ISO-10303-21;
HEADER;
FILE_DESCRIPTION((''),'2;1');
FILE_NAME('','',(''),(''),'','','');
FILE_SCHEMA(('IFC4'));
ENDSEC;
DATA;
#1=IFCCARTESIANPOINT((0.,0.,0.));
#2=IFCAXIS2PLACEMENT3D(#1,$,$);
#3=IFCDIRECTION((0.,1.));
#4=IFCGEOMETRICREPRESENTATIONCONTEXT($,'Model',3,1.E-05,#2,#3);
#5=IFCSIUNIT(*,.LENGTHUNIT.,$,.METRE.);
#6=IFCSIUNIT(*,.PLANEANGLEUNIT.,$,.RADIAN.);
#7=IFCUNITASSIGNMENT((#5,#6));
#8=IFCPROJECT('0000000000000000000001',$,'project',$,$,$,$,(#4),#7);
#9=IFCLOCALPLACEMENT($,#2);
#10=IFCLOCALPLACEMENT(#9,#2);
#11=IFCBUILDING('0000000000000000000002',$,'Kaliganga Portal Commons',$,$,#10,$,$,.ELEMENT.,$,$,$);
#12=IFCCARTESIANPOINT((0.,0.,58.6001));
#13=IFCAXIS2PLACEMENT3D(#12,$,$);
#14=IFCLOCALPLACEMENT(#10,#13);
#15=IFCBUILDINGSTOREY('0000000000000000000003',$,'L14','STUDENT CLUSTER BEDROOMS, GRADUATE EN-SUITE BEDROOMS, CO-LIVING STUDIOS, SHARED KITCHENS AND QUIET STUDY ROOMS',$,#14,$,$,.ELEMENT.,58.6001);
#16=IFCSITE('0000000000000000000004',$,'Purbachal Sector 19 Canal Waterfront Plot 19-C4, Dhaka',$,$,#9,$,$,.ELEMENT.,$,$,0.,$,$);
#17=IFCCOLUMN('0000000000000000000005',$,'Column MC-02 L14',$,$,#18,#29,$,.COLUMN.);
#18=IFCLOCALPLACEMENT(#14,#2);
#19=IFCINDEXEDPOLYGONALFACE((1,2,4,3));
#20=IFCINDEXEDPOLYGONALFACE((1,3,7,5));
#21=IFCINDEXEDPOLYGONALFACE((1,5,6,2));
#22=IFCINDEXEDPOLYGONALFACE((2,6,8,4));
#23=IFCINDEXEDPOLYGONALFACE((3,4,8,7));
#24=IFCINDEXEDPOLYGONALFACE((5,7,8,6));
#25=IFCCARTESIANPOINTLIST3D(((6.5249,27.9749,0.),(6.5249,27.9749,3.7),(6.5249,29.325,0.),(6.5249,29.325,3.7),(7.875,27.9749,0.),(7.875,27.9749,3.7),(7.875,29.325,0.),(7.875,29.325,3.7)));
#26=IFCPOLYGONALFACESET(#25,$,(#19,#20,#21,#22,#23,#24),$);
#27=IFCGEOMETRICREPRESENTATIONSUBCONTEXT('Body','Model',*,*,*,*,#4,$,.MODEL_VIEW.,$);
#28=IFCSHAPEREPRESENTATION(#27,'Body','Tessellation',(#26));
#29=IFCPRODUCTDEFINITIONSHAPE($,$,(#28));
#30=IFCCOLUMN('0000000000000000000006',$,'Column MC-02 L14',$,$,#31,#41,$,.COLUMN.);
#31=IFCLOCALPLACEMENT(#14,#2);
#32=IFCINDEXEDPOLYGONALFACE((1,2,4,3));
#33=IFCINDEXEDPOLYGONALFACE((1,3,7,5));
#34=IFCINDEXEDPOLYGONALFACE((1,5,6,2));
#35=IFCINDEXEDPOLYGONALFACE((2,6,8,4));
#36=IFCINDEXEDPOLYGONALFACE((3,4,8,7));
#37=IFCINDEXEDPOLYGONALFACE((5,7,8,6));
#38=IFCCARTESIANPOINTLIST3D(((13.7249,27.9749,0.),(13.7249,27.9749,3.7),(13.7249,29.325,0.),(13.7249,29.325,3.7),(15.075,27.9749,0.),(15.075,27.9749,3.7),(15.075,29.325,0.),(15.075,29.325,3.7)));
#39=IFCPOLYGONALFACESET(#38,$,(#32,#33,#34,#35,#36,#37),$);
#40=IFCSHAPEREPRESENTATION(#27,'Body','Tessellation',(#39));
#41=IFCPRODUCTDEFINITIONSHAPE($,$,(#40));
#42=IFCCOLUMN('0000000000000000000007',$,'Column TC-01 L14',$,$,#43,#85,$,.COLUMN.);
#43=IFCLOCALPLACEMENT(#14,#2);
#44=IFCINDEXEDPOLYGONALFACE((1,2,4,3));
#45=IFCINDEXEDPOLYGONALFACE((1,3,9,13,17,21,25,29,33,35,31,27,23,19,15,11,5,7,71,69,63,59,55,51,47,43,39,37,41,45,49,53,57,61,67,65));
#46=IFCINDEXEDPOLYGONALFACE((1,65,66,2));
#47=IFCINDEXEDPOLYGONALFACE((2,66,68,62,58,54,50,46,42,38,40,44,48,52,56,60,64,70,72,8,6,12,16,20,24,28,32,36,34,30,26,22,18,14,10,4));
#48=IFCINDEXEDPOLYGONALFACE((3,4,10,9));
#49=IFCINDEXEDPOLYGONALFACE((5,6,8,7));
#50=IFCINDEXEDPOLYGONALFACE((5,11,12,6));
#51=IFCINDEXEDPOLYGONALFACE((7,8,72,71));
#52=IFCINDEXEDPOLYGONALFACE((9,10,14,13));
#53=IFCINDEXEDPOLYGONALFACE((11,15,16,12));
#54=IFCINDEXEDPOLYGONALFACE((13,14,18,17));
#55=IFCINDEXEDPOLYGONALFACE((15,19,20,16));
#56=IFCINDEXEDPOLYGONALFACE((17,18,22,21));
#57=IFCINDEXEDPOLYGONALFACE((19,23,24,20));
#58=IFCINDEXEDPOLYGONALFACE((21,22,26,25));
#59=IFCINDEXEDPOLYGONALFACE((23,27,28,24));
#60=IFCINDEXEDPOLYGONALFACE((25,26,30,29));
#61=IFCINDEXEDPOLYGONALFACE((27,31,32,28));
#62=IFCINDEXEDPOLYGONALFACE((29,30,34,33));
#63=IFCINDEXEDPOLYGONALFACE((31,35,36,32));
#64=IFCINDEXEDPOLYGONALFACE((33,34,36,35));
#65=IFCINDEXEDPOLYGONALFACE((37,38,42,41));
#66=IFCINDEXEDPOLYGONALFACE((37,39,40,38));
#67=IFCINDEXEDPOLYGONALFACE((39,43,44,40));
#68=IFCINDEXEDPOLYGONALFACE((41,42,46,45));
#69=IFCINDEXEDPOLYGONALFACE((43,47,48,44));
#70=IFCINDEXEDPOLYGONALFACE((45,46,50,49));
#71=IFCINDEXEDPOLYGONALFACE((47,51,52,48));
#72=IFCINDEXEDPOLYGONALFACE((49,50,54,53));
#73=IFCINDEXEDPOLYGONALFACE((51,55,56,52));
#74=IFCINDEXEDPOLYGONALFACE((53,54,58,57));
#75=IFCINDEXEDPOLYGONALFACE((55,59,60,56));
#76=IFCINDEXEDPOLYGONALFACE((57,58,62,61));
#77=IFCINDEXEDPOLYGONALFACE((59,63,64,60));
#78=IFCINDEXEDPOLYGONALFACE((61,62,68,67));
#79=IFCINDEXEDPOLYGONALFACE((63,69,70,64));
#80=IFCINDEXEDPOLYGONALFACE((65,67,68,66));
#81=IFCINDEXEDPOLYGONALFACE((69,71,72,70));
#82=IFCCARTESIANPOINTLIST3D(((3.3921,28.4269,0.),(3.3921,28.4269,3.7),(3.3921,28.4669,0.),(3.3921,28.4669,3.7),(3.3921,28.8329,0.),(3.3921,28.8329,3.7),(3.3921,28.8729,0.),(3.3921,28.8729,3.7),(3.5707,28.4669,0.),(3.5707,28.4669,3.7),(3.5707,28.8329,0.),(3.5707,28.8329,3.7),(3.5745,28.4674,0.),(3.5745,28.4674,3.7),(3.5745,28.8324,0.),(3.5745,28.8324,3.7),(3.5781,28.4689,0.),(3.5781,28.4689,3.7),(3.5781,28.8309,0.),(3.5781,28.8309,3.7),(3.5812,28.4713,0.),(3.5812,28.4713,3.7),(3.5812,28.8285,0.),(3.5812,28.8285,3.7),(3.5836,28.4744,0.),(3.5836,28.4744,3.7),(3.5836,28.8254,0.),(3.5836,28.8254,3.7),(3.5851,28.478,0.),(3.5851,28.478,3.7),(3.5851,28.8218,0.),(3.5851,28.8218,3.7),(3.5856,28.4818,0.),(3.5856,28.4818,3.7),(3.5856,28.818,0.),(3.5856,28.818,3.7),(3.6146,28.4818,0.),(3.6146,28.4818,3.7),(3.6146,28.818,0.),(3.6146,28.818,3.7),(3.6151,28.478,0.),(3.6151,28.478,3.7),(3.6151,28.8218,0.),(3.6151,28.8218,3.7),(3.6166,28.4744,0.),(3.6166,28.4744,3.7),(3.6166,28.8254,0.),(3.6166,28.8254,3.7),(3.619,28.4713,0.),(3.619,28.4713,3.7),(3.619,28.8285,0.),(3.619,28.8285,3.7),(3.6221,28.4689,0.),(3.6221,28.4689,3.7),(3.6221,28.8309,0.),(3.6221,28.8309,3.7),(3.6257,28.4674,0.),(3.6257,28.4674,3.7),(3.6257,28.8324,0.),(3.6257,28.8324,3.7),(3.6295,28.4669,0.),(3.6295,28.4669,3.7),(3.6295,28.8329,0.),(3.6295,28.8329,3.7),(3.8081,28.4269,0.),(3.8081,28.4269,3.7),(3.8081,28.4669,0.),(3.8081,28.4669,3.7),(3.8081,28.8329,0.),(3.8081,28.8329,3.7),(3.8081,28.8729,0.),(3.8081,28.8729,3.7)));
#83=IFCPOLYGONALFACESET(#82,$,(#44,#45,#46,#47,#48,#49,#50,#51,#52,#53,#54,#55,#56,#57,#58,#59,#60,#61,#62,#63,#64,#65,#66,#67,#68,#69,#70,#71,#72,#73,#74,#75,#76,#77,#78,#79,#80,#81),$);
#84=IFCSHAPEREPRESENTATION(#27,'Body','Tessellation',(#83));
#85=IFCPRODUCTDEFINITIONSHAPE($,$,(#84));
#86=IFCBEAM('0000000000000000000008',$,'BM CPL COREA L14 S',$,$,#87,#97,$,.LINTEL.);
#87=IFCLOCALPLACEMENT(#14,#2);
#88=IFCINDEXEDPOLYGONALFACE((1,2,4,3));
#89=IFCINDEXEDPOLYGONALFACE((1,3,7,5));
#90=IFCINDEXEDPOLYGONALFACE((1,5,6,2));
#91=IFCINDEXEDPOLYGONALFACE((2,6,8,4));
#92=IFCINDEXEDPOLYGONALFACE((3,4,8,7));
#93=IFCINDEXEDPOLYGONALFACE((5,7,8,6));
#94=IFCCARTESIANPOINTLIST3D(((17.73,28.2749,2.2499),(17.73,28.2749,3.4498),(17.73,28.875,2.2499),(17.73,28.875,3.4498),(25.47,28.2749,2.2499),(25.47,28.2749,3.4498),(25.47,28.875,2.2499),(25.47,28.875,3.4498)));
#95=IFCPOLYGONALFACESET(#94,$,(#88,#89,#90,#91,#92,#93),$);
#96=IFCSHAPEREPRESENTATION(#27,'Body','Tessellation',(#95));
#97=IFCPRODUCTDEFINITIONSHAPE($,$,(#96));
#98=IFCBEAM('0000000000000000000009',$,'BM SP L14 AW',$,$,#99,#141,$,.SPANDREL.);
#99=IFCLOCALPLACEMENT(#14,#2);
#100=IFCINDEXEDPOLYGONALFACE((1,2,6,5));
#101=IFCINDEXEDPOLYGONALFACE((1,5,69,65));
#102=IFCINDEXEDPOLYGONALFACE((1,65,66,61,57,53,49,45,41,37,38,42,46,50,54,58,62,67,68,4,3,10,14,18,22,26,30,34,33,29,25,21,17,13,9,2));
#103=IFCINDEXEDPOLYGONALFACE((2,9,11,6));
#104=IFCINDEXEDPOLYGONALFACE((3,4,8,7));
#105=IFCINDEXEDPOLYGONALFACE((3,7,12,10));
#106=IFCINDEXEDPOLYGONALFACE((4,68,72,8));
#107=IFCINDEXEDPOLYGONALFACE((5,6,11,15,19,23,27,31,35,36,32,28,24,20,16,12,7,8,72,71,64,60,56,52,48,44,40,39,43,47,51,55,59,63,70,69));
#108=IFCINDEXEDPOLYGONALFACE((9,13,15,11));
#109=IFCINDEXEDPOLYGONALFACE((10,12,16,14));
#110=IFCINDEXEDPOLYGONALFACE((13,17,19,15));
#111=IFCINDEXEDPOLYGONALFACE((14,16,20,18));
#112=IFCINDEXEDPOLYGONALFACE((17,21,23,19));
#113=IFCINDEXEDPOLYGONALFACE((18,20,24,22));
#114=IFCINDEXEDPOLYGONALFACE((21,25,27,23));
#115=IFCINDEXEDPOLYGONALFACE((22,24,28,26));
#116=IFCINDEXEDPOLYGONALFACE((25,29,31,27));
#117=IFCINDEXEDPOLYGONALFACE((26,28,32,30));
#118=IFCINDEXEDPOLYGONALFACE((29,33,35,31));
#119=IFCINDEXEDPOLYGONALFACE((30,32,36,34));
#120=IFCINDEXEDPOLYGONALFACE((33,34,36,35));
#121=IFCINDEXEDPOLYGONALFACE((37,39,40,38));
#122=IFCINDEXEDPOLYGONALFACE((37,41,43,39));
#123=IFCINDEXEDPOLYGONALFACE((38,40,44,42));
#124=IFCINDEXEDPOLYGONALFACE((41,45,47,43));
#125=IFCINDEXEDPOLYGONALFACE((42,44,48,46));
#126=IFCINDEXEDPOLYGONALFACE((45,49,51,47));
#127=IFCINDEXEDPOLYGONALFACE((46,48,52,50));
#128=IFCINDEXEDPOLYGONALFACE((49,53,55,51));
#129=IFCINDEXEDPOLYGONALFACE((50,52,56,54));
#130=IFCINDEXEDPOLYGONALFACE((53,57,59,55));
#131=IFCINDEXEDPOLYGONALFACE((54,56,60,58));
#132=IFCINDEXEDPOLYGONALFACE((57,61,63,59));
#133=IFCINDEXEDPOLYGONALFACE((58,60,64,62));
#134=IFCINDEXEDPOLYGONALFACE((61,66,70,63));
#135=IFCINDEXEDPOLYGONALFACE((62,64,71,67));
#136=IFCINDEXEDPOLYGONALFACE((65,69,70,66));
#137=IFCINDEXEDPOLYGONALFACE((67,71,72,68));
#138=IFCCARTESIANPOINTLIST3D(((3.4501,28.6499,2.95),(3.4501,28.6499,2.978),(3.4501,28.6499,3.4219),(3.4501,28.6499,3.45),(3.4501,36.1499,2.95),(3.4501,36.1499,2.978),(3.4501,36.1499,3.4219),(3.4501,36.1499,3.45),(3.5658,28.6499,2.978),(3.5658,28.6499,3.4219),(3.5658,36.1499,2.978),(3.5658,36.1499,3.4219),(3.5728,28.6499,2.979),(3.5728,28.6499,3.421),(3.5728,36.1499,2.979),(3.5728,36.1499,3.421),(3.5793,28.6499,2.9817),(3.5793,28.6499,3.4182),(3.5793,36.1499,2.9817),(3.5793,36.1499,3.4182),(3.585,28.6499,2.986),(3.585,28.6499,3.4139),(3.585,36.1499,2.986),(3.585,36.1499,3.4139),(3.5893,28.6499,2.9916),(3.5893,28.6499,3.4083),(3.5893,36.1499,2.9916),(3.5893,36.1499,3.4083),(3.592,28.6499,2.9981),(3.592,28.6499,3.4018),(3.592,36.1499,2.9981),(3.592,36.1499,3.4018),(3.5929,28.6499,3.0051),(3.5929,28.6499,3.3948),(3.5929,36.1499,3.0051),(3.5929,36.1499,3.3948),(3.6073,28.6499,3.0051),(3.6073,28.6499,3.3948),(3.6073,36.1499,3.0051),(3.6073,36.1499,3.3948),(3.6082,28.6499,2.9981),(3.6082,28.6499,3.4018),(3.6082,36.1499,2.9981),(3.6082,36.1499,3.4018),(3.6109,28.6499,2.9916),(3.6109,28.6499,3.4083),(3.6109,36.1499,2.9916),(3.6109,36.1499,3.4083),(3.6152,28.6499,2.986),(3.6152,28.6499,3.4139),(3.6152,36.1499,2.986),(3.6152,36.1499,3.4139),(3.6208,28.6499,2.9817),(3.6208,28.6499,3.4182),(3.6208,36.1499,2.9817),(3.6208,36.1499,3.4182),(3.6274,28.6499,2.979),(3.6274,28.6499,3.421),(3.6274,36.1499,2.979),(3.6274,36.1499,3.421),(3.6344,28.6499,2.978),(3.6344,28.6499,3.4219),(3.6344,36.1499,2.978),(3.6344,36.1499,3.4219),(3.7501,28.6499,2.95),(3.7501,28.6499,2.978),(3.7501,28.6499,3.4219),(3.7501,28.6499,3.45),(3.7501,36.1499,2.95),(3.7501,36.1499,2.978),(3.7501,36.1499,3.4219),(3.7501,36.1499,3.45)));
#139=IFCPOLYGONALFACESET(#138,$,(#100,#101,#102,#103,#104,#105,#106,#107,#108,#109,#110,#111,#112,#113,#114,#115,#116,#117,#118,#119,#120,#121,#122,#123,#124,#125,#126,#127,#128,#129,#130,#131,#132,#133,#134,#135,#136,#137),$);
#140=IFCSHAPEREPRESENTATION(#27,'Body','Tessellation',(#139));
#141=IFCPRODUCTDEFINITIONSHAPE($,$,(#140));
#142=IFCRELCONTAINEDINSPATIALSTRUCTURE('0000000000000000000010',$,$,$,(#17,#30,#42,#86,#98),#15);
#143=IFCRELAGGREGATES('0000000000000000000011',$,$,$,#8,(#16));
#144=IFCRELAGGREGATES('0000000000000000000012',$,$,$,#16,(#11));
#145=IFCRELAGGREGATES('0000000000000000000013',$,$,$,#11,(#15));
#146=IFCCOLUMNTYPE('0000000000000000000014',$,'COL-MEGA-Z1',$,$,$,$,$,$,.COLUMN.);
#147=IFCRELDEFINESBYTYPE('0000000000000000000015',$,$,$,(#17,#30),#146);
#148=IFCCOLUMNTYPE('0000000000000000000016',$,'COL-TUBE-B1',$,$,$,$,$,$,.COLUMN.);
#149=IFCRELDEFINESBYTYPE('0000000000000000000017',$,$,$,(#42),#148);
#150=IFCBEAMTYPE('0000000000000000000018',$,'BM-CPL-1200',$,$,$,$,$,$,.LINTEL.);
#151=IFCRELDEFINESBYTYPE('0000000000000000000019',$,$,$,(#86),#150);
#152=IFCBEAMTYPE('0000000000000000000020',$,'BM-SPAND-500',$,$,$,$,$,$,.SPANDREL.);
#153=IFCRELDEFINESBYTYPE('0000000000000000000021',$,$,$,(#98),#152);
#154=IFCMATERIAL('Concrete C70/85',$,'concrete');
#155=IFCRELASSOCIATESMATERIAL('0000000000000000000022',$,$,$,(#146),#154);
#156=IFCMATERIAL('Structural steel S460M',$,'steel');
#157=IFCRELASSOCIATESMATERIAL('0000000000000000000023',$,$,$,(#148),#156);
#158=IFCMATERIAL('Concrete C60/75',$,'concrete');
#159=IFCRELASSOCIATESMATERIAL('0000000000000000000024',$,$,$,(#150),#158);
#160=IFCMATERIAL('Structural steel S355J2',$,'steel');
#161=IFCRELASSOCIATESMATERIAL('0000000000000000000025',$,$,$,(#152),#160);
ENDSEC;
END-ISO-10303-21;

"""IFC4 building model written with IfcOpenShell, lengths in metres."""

from ifc_helpers import new_model, si_unit, direction, frame, origin, origin_2d, place, context, subcontext, project, spatial, rectangle, i_section, extrude, source, transform, mapped, material, material_profile, profile_set, type_object, element, save


model = new_model("IFC4")

# Units and contexts
model_context = context("Model", 3, precision=1e-05, world=origin(), true_north=direction((0.0, 1.0)))
body_context = subcontext(model_context, "Body", "Model", "MODEL_VIEW")
ifc_project = project(units=[si_unit("LENGTHUNIT", "METRE"), si_unit("PLANEANGLEUNIT", "RADIAN")], contexts=[model_context])

# Site, building, storey
site_placement = place(None, origin())
site = spatial("IfcSite", under=ifc_project, at=site_placement, Name="Purbachal Sector 19 Canal Waterfront Plot 19-C4, Dhaka", CompositionType="ELEMENT", RefElevation=0.0)
building_placement = place(site_placement, origin())
building = spatial("IfcBuilding", under=site, at=building_placement, Name="Kaliganga Portal Commons", CompositionType="ELEMENT")
storey_placement = place(building_placement, frame((0.0, 0.0, 58.6001)))
storey = spatial("IfcBuildingStorey", under=building, at=storey_placement, Name="L14", Description="STUDENT CLUSTER BEDROOMS, GRADUATE EN-SUITE BEDROOMS, CO-LIVING STUDIOS, SHARED KITCHENS AND QUIET STUDY ROOMS", CompositionType="ELEMENT", Elevation=58.6001)

# Columns
ifc_material_1 = material(Name="Concrete C70/85", Category="concrete")
ifc_material_profile_1 = material_profile(ifc_material_1, rectangle(XDim=1.3501, YDim=1.3501, at=origin_2d()), Name="RC 1350x1350")
ifc_profile_set_1 = profile_set([ifc_material_profile_1], Name="Concrete C70/85")
column_type_1 = type_object("IfcColumnType", Name="COL-MEGA-Z1", PredefinedType="COLUMN", material=ifc_profile_set_1)
shared_shape_1 = source(origin(), body_context, "Body", "SweptSolid", [
    extrude(rectangle(XDim=1.3501, YDim=1.3501, at=origin_2d()), origin(), (0.0, 0.0, 1.0), 3.7),
])
for number, where, z_axis, x_axis, name in (
    (1, (7.2, 28.6499, 0.0), (0.0, 0.0, 1.0), (1.0, 0.0, 0.0), "Column MC-02 L14"),
    (2, (14.3999, 28.6499, 0.0), (0.0, 0.0, 1.0), (1.0, 0.0, 0.0), "Column MC-02 L14"),
):
    element("IfcColumn", number, at=place(storey_placement, frame(where, z_axis=z_axis, x_axis=x_axis)), inside=storey, type_object=column_type_1, Name=name, PredefinedType="COLUMN", context=body_context, shape_type="MappedRepresentation", body=[
        mapped(shared_shape_1, transform((0.0, 0.0, 0.0), x_axis=(1.0, 0.0, 0.0), y_axis=(0.0, 1.0, 0.0), z_axis=(0.0, 0.0, 1.0), scale=1.0)),
    ])
ifc_material_2 = material(Name="Structural steel S460M", Category="steel")
ifc_material_profile_2 = material_profile(ifc_material_2, i_section(OverallWidth=0.416, OverallDepth=0.446, WebThickness=0.0291, FlangeThickness=0.04, FilletRadius=0.0149, at=origin_2d()), Name="HD 400x509")
ifc_profile_set_2 = profile_set([ifc_material_profile_2], Name="Structural steel S460M wide-flange")
column_type_2 = type_object("IfcColumnType", Name="COL-TUBE-B1", PredefinedType="COLUMN", material=ifc_profile_set_2)
shared_shape_2 = source(origin(), body_context, "Body", "SweptSolid", [
    extrude(i_section(OverallWidth=0.416, OverallDepth=0.446, WebThickness=0.0291, FlangeThickness=0.04, FilletRadius=0.0149, at=origin_2d()), origin(), (0.0, 0.0, 1.0), 3.7),
])
column_placement = place(storey_placement, frame((3.6001, 28.6499, 0.0), z_axis=(0.0, 0.0, 1.0), x_axis=(1.0, 0.0, 0.0)))
element("IfcColumn", 3, at=column_placement, inside=storey, type_object=column_type_2, Name="Column TC-01 L14", PredefinedType="COLUMN", context=body_context, shape_type="MappedRepresentation", body=[
    mapped(shared_shape_2, transform((0.0, 0.0, 0.0), x_axis=(1.0, 0.0, 0.0), y_axis=(0.0, 1.0, 0.0), z_axis=(0.0, 0.0, 1.0), scale=1.0)),
])

# Beams
ifc_material_3 = material(Name="Concrete C60/75", Category="concrete")
ifc_material_profile_3 = material_profile(ifc_material_3, rectangle(XDim=0.6001, YDim=1.2, at=origin_2d()), Name="RC 600x1200")
ifc_profile_set_3 = profile_set([ifc_material_profile_3], Name="Concrete C60/75")
beam_type_1 = type_object("IfcBeamType", Name="BM-CPL-1200", PredefinedType="LINTEL", material=ifc_profile_set_3)
shared_shape_3 = source(origin(), body_context, "Body", "SweptSolid", [
    extrude(rectangle(XDim=0.6001, YDim=1.2, at=origin_2d()), origin(), (0.0, 0.0, 1.0), 7.74),
])
beam_1_placement = place(storey_placement, frame((17.73, 28.575, 2.8499), z_axis=(1.0, 0.0, 0.0), x_axis=(0.0, 1.0, 0.0)))
element("IfcBeam", 4, at=beam_1_placement, inside=storey, type_object=beam_type_1, Name="BM CPL COREA L14 S", PredefinedType="LINTEL", context=body_context, shape_type="MappedRepresentation", body=[
    mapped(shared_shape_3, transform((0.0, 0.0, 0.0), x_axis=(1.0, 0.0, 0.0), y_axis=(0.0, 1.0, 0.0), z_axis=(0.0, 0.0, 1.0), scale=1.0)),
])
ifc_material_4 = material(Name="Structural steel S355J2", Category="steel")
ifc_material_profile_4 = material_profile(ifc_material_4, i_section(OverallWidth=0.3, OverallDepth=0.5, WebThickness=0.0144, FlangeThickness=0.0281, FilletRadius=0.0271, at=origin_2d()), Name="HE 500 B")
ifc_profile_set_4 = profile_set([ifc_material_profile_4], Name="Structural steel S355J2 wide-flange")
beam_type_2 = type_object("IfcBeamType", Name="BM-SPAND-500", PredefinedType="SPANDREL", material=ifc_profile_set_4)
shared_shape_4 = source(origin(), body_context, "Body", "SweptSolid", [
    extrude(i_section(OverallWidth=0.3, OverallDepth=0.5, WebThickness=0.0144, FlangeThickness=0.0281, FilletRadius=0.0271, at=origin_2d()), origin(), (0.0, 0.0, 1.0), 7.5),
])
beam_2_placement = place(storey_placement, frame((3.6001, 28.6499, 3.2), z_axis=(0.0, 1.0, 0.0), x_axis=(-1.0, 0.0, 0.0)))
element("IfcBeam", 5, at=beam_2_placement, inside=storey, type_object=beam_type_2, Name="BM SP L14 AW", PredefinedType="SPANDREL", context=body_context, shape_type="MappedRepresentation", body=[
    mapped(shared_shape_4, transform((0.0, 0.0, 0.0), x_axis=(1.0, 0.0, 0.0), y_axis=(0.0, 1.0, 0.0), z_axis=(0.0, 0.0, 1.0), scale=1.0)),
])

save(model, "model.ifc")
